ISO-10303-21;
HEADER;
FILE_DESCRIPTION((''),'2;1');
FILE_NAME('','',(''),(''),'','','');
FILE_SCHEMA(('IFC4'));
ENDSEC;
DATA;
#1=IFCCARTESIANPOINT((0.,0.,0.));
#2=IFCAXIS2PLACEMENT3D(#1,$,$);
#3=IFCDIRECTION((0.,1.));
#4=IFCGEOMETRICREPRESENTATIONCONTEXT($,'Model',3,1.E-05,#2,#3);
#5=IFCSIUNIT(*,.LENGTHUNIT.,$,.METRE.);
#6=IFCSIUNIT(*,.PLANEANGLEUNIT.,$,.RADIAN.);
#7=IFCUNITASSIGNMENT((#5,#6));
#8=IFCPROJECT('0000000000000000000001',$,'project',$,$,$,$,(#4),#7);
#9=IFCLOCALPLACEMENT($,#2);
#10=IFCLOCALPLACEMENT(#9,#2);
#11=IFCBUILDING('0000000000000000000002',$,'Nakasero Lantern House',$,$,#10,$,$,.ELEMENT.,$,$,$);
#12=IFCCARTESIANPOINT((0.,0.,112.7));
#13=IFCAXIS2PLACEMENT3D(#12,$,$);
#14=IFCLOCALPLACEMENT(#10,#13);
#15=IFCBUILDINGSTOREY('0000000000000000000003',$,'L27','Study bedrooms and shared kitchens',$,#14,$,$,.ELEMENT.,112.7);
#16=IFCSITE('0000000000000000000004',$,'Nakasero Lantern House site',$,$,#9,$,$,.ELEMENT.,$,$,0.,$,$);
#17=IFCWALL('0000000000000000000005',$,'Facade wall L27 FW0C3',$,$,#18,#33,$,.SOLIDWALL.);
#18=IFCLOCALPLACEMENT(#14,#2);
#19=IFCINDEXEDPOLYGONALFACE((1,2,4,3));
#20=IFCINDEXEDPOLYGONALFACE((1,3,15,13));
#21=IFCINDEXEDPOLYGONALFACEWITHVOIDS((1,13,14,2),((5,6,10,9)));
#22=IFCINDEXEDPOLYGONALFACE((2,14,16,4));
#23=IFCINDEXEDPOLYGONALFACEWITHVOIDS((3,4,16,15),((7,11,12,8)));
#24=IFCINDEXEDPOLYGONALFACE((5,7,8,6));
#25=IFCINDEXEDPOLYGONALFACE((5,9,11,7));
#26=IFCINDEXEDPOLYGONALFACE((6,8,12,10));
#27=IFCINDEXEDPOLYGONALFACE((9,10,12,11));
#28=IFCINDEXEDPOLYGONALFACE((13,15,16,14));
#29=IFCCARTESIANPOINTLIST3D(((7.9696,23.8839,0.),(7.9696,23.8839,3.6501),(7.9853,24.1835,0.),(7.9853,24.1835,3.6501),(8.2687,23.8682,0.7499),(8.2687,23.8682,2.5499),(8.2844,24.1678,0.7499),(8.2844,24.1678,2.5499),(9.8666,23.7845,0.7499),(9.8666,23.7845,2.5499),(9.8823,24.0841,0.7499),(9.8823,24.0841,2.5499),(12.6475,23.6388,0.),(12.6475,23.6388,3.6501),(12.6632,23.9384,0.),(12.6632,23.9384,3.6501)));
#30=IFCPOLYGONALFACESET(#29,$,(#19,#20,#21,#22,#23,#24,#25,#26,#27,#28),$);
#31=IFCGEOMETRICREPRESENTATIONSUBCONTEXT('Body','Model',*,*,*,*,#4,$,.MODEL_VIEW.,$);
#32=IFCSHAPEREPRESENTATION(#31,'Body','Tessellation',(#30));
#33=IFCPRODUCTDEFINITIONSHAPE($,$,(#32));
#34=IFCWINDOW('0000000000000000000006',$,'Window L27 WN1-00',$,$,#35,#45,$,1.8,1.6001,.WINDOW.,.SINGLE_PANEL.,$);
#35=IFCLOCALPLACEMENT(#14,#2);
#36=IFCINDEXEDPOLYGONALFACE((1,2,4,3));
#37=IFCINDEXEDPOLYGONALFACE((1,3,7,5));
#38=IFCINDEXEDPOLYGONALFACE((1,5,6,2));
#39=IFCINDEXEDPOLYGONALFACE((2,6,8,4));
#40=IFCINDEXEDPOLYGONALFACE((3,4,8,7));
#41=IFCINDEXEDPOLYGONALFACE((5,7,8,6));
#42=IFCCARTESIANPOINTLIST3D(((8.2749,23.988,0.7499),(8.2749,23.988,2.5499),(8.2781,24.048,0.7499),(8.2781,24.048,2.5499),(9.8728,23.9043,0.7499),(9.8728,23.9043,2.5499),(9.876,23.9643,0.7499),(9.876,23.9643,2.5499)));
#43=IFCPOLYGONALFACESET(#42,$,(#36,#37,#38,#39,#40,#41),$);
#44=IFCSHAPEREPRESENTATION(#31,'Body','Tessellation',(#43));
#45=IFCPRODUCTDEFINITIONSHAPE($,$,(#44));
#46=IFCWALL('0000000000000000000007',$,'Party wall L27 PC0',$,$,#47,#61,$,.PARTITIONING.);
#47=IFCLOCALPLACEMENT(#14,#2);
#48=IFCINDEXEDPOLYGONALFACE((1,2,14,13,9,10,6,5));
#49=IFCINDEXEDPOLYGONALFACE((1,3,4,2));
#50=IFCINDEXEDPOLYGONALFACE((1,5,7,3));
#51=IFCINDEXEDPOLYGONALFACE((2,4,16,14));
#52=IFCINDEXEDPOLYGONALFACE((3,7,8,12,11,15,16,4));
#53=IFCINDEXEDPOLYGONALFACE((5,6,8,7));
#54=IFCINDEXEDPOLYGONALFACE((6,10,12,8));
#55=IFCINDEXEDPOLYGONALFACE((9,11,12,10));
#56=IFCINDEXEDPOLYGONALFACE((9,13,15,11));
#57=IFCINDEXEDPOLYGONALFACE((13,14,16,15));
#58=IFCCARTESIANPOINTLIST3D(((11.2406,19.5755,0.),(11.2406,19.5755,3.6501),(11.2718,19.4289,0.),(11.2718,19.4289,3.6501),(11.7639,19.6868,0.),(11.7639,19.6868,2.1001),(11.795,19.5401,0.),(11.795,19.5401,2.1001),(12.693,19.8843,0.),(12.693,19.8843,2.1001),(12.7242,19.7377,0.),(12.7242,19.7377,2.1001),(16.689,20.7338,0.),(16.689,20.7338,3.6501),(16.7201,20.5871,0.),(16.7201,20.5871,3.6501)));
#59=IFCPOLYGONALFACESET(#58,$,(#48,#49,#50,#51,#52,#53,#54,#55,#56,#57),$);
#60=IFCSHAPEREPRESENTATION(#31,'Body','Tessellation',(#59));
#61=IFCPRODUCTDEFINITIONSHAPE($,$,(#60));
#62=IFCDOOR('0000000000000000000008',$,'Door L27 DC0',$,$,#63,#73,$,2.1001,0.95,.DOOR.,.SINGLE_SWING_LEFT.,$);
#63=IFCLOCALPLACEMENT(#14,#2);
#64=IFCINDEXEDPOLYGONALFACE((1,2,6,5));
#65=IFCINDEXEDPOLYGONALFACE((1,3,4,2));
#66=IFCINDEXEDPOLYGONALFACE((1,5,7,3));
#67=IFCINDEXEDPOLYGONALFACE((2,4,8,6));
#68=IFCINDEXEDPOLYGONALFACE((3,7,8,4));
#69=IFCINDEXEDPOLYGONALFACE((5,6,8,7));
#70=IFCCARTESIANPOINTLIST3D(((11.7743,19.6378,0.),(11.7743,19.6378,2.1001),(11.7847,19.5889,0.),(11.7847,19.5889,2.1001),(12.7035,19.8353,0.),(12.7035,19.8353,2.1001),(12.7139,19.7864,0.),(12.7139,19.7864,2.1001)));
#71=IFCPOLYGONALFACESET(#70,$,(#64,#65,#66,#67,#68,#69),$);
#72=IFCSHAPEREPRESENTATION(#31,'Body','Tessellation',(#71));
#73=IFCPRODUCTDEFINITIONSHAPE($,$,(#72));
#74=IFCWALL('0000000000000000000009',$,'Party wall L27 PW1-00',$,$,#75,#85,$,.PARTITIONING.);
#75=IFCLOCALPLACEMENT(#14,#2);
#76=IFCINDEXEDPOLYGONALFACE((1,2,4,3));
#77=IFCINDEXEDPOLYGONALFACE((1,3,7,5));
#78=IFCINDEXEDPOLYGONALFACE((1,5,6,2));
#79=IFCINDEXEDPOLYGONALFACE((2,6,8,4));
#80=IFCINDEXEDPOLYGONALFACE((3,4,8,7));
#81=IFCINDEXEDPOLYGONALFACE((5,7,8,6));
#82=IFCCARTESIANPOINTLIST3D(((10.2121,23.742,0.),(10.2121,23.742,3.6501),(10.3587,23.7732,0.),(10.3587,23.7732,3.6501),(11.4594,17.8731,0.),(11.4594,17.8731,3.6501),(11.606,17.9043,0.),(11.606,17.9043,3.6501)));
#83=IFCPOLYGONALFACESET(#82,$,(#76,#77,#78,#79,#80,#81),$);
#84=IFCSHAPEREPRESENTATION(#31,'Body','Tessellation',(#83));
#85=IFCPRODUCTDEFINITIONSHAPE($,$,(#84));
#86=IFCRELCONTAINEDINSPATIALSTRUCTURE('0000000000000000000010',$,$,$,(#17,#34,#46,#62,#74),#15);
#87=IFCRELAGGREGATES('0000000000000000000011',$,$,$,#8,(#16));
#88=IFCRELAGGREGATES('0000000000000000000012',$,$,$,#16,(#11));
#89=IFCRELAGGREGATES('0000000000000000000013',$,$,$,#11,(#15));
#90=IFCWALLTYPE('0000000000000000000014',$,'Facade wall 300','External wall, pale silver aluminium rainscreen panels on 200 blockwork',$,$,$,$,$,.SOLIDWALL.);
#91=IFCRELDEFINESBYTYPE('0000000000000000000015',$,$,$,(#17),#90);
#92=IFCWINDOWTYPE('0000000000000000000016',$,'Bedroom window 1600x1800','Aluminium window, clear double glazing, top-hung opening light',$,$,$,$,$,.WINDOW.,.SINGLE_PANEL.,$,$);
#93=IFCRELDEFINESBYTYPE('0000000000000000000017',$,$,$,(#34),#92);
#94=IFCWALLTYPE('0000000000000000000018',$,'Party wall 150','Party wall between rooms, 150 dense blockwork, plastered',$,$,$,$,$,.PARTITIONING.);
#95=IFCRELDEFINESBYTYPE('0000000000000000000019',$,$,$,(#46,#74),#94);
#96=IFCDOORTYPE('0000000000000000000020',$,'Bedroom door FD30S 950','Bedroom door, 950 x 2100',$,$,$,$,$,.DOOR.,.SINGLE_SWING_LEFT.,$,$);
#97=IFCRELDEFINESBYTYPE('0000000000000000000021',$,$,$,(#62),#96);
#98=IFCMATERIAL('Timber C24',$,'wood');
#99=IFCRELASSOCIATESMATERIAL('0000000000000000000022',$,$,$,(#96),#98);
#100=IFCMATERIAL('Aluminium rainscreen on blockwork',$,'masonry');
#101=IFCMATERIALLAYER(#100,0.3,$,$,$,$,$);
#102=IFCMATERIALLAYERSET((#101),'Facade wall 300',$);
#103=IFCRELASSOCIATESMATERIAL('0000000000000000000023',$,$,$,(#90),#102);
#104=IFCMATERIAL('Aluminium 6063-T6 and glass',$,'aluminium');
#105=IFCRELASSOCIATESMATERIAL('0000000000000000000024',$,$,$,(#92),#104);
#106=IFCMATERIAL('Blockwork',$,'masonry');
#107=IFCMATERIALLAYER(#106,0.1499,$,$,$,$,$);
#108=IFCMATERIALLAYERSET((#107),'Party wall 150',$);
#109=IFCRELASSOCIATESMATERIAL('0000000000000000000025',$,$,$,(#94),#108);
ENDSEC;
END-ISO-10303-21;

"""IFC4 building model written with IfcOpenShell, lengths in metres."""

from ifc_helpers import new_model, si_unit, direction, frame, frame_2d, origin, place, context, subcontext, project, spatial, rectangle, extrude, material, layer, layer_set, type_object, element, fill, save


model = new_model("IFC4")

# Units and contexts
model_context = context("Model", 3, precision=1e-05, world=origin(), true_north=direction((0.0, 1.0)))
body_context = subcontext(model_context, "Body", "Model", "MODEL_VIEW")
ifc_project = project(units=[si_unit("LENGTHUNIT", "METRE"), si_unit("PLANEANGLEUNIT", "RADIAN")], contexts=[model_context])

# Site, building, storey
site_placement = place(None, origin())
site = spatial("IfcSite", under=ifc_project, at=site_placement, Name="Nakasero Lantern House site", CompositionType="ELEMENT", RefElevation=0.0)
building_placement = place(site_placement, origin())
building = spatial("IfcBuilding", under=site, at=building_placement, Name="Nakasero Lantern House", CompositionType="ELEMENT")
storey_placement = place(building_placement, frame((0.0, 0.0, 112.7)))
storey = spatial("IfcBuildingStorey", under=building, at=storey_placement, Name="L27", Description="Study bedrooms and shared kitchens", CompositionType="ELEMENT", Elevation=112.7)

# Shared definitions
ifc_material_1 = material(Name="Timber C24", Category="wood")
door_type_1 = type_object("IfcDoorType", Name="Bedroom door FD30S 950", Description="Bedroom door, 950 x 2100", OperationType="SINGLE_SWING_LEFT", PredefinedType="DOOR", material=ifc_material_1)

# Shared definitions
ifc_material_2 = material(Name="Aluminium rainscreen on blockwork", Category="masonry")
ifc_layer_1 = layer(ifc_material_2, 0.3)
ifc_layer_set_1 = layer_set([ifc_layer_1], Name="Facade wall 300")
wall_type_1 = type_object("IfcWallType", Name="Facade wall 300", Description="External wall, pale silver aluminium rainscreen panels on 200 blockwork", PredefinedType="SOLIDWALL", material=ifc_layer_set_1)

# Wall, opening, window
wall_1_placement = place(storey_placement, frame((12.6555, 23.7886, 0.0), z_axis=(0.0, 0.0, 1.0), x_axis=(-0.99863, 0.052326, 0.0)))
wall_1 = element("IfcWall", 1, at=wall_1_placement, inside=storey, type_object=wall_type_1, Name="Facade wall L27 FW0C3", PredefinedType="SOLIDWALL", context=body_context, shape_type="SweptSolid", body=[
    extrude(rectangle(XDim=4.6843, YDim=0.3, at=frame_2d((2.3423, 0.0))), origin(), (0.0, 0.0, 1.0), 3.6501),
])
opening_1_placement = place(wall_1_placement, frame((2.7849, 0.0, 0.75)))
opening_1 = element("IfcOpeningElement", 2, at=opening_1_placement, cuts=wall_1, PredefinedType="OPENING", context=body_context, shape_type="SweptSolid", body=[
    extrude(rectangle(XDim=1.6001, YDim=1.8, at=frame_2d((0.8, 0.8999))), frame((0.0, 0.1699, 0.0), z_axis=(0.0, -1.0, 0.0), x_axis=(1.0, 0.0, 0.0)), (0.0, 0.0, 1.0), 0.3401),
])
ifc_material_3 = material(Name="Aluminium 6063-T6 and glass", Category="aluminium")
window_type_1 = type_object("IfcWindowType", Name="Bedroom window 1600x1800", Description="Aluminium window, clear double glazing, top-hung opening light", PartitioningType="SINGLE_PANEL", PredefinedType="WINDOW", material=ifc_material_3)
window_1_placement = place(opening_1_placement, origin())
window_1 = element("IfcWindow", 3, at=window_1_placement, inside=storey, type_object=window_type_1, Name="Window L27 WN1-00", OverallHeight=1.8, OverallWidth=1.6001, PartitioningType="SINGLE_PANEL", PredefinedType="WINDOW", context=body_context, shape_type="SweptSolid", body=[
    extrude(rectangle(XDim=1.6001, YDim=1.8, at=frame_2d((0.8, 0.8999))), frame((0.0, 0.03, 0.0), z_axis=(0.0, -1.0, 0.0), x_axis=(1.0, 0.0, 0.0)), (0.0, 0.0, 1.0), 0.0601),
])
fill(opening_1, window_1)

# Wall, opening, door
ifc_material_4 = material(Name="Blockwork", Category="masonry")
ifc_layer_2 = layer(ifc_material_4, 0.1499)
ifc_layer_set_2 = layer_set([ifc_layer_2], Name="Party wall 150")
wall_type_2 = type_object("IfcWallType", Name="Party wall 150", Description="Party wall between rooms, 150 dense blockwork, plastered", PredefinedType="PARTITIONING", material=ifc_layer_set_2)
wall_2_placement = place(storey_placement, frame((11.2561, 19.5022, 0.0), z_axis=(0.0, 0.0, 1.0), x_axis=(0.978142, 0.207936, 0.0)))
wall_2 = element("IfcWall", 4, at=wall_2_placement, inside=storey, type_object=wall_type_2, Name="Party wall L27 PC0", PredefinedType="PARTITIONING", context=body_context, shape_type="SweptSolid", body=[
    extrude(rectangle(XDim=5.5701, YDim=0.1499, at=frame_2d((2.7852, 0.0))), origin(), (0.0, 0.0, 1.0), 3.6501),
])
opening_2_placement = place(wall_2_placement, frame((0.5349, 0.0, 0.0)))
opening_2 = element("IfcOpeningElement", 5, at=opening_2_placement, cuts=wall_2, PredefinedType="OPENING", context=body_context, shape_type="SweptSolid", body=[
    extrude(rectangle(XDim=0.95, YDim=2.1001, at=frame_2d((0.4751, 1.05))), frame((0.0, 0.095, 0.0), z_axis=(0.0, -1.0, 0.0), x_axis=(1.0, 0.0, 0.0)), (0.0, 0.0, 1.0), 0.1899),
])
door_1_placement = place(opening_2_placement, origin())
door_1 = element("IfcDoor", 6, at=door_1_placement, inside=storey, type_object=door_type_1, Name="Door L27 DC0", OperationType="SINGLE_SWING_LEFT", OverallHeight=2.1001, OverallWidth=0.95, PredefinedType="DOOR", context=body_context, shape_type="SweptSolid", body=[
    extrude(rectangle(XDim=0.95, YDim=2.1001, at=frame_2d((0.4751, 1.05))), frame((0.0, 0.0249, 0.0), z_axis=(0.0, -1.0, 0.0), x_axis=(1.0, 0.0, 0.0)), (0.0, 0.0, 1.0), 0.05),
])
fill(opening_2, door_1)

# Wall
wall_3_placement = place(storey_placement, frame((11.5327, 17.8887, 0.0), z_axis=(0.0, 0.0, 1.0), x_axis=(-0.207886, 0.978153, 0.0)))
element("IfcWall", 7, at=wall_3_placement, inside=storey, type_object=wall_type_2, Name="Party wall L27 PW1-00", PredefinedType="PARTITIONING", context=body_context, shape_type="SweptSolid", body=[
    extrude(rectangle(XDim=6.0, YDim=0.1499, at=frame_2d((3.0, 0.0))), origin(), (0.0, 0.0, 1.0), 3.6501),
])

save(model, "model.ifc")
